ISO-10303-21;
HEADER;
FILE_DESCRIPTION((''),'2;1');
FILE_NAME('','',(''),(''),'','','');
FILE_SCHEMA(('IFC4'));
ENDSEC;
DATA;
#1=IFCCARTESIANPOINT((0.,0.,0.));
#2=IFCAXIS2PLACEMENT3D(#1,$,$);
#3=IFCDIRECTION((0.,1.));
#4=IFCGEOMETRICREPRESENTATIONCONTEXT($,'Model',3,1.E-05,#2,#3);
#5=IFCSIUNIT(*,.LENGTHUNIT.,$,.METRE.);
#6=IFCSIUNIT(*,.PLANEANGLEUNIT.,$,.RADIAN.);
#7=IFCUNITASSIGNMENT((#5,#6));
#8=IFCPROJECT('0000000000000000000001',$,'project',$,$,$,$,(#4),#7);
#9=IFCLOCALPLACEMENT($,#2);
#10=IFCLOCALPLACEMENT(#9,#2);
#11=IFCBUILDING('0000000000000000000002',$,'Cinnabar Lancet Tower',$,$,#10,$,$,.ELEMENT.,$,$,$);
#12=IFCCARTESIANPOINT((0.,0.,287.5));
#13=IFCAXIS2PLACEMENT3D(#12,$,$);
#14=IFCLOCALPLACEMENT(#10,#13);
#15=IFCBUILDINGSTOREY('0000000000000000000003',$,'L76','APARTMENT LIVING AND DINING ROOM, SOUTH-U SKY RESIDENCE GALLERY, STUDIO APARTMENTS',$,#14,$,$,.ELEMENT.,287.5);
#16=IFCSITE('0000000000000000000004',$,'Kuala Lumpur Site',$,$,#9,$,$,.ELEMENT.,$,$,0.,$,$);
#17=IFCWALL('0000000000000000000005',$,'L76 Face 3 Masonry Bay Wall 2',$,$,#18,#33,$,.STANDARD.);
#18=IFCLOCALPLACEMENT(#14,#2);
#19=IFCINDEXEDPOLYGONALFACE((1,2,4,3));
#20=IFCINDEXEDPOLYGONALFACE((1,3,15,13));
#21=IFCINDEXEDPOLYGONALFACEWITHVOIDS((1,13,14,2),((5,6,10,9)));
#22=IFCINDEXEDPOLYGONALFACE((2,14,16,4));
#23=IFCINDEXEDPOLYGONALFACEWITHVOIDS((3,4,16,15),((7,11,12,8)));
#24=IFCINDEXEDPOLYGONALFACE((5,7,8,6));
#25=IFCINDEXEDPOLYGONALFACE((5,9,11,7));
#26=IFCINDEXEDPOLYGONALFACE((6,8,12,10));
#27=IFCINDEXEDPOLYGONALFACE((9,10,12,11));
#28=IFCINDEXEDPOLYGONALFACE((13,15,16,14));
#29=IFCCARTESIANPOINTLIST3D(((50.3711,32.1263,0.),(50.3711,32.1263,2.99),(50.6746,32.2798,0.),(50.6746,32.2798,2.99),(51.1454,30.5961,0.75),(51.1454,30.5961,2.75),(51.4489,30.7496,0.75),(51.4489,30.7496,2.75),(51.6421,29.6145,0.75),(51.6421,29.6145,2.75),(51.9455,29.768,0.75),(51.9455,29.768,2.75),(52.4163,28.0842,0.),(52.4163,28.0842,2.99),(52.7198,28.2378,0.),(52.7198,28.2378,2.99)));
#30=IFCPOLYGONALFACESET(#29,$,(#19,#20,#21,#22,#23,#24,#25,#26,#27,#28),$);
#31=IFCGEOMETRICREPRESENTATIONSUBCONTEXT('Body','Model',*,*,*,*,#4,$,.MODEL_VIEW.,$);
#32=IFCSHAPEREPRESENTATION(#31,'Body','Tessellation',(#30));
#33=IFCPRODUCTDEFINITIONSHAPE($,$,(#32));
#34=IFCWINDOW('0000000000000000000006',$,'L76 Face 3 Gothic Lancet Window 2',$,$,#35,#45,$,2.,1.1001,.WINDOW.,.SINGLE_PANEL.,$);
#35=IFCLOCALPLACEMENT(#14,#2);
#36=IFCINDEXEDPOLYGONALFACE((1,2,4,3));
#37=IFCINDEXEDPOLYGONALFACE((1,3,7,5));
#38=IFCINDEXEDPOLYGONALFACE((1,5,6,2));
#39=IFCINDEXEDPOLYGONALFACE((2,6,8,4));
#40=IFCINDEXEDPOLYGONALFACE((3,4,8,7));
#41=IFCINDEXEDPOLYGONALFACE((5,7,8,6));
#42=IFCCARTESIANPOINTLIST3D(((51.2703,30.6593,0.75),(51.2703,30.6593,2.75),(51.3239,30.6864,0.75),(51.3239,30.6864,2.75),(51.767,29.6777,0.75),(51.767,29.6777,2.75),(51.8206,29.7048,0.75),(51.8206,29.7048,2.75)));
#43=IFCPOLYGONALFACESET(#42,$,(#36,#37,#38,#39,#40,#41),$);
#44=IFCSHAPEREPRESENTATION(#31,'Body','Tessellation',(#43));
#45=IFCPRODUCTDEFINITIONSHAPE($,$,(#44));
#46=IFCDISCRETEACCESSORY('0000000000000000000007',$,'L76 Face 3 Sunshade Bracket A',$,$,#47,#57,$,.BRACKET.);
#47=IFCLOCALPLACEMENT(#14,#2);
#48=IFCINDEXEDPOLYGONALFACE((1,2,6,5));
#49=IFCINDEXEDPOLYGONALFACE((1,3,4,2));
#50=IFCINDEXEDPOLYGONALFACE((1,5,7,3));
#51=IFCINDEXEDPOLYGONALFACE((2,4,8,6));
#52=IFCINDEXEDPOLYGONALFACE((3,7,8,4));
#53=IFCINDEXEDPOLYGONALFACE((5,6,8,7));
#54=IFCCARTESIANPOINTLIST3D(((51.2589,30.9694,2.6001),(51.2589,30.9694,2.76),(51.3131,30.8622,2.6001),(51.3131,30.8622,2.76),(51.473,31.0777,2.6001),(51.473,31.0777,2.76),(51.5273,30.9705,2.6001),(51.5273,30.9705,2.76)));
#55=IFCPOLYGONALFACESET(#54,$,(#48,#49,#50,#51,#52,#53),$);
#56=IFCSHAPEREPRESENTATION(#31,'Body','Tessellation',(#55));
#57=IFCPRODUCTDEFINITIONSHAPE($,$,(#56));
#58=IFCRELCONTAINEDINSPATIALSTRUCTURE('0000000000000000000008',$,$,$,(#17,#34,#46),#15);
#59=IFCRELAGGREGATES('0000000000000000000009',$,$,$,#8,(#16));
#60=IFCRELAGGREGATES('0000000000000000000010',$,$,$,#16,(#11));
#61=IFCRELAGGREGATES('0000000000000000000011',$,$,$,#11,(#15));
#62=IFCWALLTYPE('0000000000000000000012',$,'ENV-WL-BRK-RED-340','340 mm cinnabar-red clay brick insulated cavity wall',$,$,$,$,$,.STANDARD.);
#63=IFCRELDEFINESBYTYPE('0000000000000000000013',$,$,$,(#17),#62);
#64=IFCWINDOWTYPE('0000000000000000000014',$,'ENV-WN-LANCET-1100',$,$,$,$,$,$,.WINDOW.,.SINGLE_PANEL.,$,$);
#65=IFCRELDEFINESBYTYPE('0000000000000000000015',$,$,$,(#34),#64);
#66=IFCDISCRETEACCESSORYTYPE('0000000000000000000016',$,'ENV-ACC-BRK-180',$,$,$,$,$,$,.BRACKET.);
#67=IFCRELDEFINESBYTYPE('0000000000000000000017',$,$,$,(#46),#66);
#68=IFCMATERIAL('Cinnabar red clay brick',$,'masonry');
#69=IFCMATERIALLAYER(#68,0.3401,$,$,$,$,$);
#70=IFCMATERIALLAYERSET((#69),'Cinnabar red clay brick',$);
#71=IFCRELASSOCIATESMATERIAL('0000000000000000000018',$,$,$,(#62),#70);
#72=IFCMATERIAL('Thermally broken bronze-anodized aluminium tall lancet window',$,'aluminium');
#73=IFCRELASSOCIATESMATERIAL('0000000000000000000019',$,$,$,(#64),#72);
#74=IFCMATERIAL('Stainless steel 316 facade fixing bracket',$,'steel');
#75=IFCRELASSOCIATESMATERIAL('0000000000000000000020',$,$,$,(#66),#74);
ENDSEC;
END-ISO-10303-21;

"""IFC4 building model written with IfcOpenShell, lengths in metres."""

from ifc_helpers import new_model, si_unit, direction, frame, frame_2d, origin, origin_2d, place, context, subcontext, project, spatial, rectangle, extrude, material, layer, layer_set, type_object, element, fill, save


model = new_model("IFC4")

# Units and contexts
model_context = context("Model", 3, precision=1e-05, world=origin(), true_north=direction((0.0, 1.0)))
body_context = subcontext(model_context, "Body", "Model", "MODEL_VIEW")
ifc_project = project(units=[si_unit("LENGTHUNIT", "METRE"), si_unit("PLANEANGLEUNIT", "RADIAN")], contexts=[model_context])

# Site, building, storey
site_placement = place(None, origin())
site = spatial("IfcSite", under=ifc_project, at=site_placement, Name="Kuala Lumpur Site", CompositionType="ELEMENT", RefElevation=0.0)
building_placement = place(site_placement, origin())
building = spatial("IfcBuilding", under=site, at=building_placement, Name="Cinnabar Lancet Tower", CompositionType="ELEMENT")
storey_placement = place(building_placement, frame((0.0, 0.0, 287.5)))
storey = spatial("IfcBuildingStorey", under=building, at=storey_placement, Name="L76", Description="APARTMENT LIVING AND DINING ROOM, SOUTH-U SKY RESIDENCE GALLERY, STUDIO APARTMENTS", CompositionType="ELEMENT", Elevation=287.5)

# Wall, opening, window
ifc_material_1 = material(Name="Cinnabar red clay brick", Category="masonry")
ifc_layer_1 = layer(ifc_material_1, 0.3401)
ifc_layer_set_1 = layer_set([ifc_layer_1], Name="Cinnabar red clay brick")
wall_type_1 = type_object("IfcWallType", Name="ENV-WL-BRK-RED-340", Description="340 mm cinnabar-red clay brick insulated cavity wall", PredefinedType="STANDARD", material=ifc_layer_set_1)
wall_1_placement = place(storey_placement, frame((52.5681, 28.1609, 0.0), z_axis=(0.0, 0.0, 1.0), x_axis=(-0.451477, 0.892283, 0.0)))
wall_1 = element("IfcWall", 1, at=wall_1_placement, inside=storey, type_object=wall_type_1, Name="L76 Face 3 Masonry Bay Wall 2", PredefinedType="STANDARD", context=body_context, shape_type="SweptSolid", body=[
    extrude(rectangle(XDim=4.53, YDim=0.3401, at=frame_2d((2.2651, 0.0))), origin(), (0.0, 0.0, 1.0), 2.99),
])
opening_1_placement = place(wall_1_placement, frame((1.7151, 0.0, 0.75)))
opening_1 = element("IfcOpeningElement", 2, at=opening_1_placement, cuts=wall_1, PredefinedType="OPENING", context=body_context, shape_type="SweptSolid", body=[
    extrude(rectangle(XDim=1.1001, YDim=2.0, at=frame_2d((0.55, 1.0))), frame((0.0, 0.1799, 0.0), z_axis=(0.0, -1.0, 0.0), x_axis=(1.0, 0.0, 0.0)), (0.0, 0.0, 1.0), 0.3601),
])
ifc_material_2 = material(Name="Thermally broken bronze-anodized aluminium tall lancet window", Category="aluminium")
window_type = type_object("IfcWindowType", Name="ENV-WN-LANCET-1100", PartitioningType="SINGLE_PANEL", PredefinedType="WINDOW", material=ifc_material_2)
window_placement = place(opening_1_placement, origin())
window = element("IfcWindow", 3, at=window_placement, inside=storey, type_object=window_type, Name="L76 Face 3 Gothic Lancet Window 2", OverallHeight=2.0, OverallWidth=1.1001, PartitioningType="SINGLE_PANEL", PredefinedType="WINDOW", context=body_context, shape_type="SweptSolid", body=[
    extrude(rectangle(XDim=1.1001, YDim=2.0, at=frame_2d((0.55, 1.0))), frame((0.0, 0.03, 0.0), z_axis=(0.0, -1.0, 0.0), x_axis=(1.0, 0.0, 0.0)), (0.0, 0.0, 1.0), 0.0601),
])
fill(opening_1, window)

# Discrete accessory
ifc_material_3 = material(Name="Stainless steel 316 facade fixing bracket", Category="steel")
discrete_accessory_type = type_object("IfcDiscreteAccessoryType", Name="ENV-ACC-BRK-180", PredefinedType="BRACKET", material=ifc_material_3)
discrete_accessory_placement = place(storey_placement, frame((51.3931, 30.97, 2.6001), z_axis=(0.0, 0.0, 1.0), x_axis=(-0.451376, 0.892334, 0.0)))
element("IfcDiscreteAccessory", 4, at=discrete_accessory_placement, inside=storey, type_object=discrete_accessory_type, Name="L76 Face 3 Sunshade Bracket A", PredefinedType="BRACKET", context=body_context, shape_type="SweptSolid", body=[
    extrude(rectangle(XDim=0.1201, YDim=0.24, at=origin_2d()), origin(), (0.0, 0.0, 1.0), 0.1599),
])

save(model, "model.ifc")
